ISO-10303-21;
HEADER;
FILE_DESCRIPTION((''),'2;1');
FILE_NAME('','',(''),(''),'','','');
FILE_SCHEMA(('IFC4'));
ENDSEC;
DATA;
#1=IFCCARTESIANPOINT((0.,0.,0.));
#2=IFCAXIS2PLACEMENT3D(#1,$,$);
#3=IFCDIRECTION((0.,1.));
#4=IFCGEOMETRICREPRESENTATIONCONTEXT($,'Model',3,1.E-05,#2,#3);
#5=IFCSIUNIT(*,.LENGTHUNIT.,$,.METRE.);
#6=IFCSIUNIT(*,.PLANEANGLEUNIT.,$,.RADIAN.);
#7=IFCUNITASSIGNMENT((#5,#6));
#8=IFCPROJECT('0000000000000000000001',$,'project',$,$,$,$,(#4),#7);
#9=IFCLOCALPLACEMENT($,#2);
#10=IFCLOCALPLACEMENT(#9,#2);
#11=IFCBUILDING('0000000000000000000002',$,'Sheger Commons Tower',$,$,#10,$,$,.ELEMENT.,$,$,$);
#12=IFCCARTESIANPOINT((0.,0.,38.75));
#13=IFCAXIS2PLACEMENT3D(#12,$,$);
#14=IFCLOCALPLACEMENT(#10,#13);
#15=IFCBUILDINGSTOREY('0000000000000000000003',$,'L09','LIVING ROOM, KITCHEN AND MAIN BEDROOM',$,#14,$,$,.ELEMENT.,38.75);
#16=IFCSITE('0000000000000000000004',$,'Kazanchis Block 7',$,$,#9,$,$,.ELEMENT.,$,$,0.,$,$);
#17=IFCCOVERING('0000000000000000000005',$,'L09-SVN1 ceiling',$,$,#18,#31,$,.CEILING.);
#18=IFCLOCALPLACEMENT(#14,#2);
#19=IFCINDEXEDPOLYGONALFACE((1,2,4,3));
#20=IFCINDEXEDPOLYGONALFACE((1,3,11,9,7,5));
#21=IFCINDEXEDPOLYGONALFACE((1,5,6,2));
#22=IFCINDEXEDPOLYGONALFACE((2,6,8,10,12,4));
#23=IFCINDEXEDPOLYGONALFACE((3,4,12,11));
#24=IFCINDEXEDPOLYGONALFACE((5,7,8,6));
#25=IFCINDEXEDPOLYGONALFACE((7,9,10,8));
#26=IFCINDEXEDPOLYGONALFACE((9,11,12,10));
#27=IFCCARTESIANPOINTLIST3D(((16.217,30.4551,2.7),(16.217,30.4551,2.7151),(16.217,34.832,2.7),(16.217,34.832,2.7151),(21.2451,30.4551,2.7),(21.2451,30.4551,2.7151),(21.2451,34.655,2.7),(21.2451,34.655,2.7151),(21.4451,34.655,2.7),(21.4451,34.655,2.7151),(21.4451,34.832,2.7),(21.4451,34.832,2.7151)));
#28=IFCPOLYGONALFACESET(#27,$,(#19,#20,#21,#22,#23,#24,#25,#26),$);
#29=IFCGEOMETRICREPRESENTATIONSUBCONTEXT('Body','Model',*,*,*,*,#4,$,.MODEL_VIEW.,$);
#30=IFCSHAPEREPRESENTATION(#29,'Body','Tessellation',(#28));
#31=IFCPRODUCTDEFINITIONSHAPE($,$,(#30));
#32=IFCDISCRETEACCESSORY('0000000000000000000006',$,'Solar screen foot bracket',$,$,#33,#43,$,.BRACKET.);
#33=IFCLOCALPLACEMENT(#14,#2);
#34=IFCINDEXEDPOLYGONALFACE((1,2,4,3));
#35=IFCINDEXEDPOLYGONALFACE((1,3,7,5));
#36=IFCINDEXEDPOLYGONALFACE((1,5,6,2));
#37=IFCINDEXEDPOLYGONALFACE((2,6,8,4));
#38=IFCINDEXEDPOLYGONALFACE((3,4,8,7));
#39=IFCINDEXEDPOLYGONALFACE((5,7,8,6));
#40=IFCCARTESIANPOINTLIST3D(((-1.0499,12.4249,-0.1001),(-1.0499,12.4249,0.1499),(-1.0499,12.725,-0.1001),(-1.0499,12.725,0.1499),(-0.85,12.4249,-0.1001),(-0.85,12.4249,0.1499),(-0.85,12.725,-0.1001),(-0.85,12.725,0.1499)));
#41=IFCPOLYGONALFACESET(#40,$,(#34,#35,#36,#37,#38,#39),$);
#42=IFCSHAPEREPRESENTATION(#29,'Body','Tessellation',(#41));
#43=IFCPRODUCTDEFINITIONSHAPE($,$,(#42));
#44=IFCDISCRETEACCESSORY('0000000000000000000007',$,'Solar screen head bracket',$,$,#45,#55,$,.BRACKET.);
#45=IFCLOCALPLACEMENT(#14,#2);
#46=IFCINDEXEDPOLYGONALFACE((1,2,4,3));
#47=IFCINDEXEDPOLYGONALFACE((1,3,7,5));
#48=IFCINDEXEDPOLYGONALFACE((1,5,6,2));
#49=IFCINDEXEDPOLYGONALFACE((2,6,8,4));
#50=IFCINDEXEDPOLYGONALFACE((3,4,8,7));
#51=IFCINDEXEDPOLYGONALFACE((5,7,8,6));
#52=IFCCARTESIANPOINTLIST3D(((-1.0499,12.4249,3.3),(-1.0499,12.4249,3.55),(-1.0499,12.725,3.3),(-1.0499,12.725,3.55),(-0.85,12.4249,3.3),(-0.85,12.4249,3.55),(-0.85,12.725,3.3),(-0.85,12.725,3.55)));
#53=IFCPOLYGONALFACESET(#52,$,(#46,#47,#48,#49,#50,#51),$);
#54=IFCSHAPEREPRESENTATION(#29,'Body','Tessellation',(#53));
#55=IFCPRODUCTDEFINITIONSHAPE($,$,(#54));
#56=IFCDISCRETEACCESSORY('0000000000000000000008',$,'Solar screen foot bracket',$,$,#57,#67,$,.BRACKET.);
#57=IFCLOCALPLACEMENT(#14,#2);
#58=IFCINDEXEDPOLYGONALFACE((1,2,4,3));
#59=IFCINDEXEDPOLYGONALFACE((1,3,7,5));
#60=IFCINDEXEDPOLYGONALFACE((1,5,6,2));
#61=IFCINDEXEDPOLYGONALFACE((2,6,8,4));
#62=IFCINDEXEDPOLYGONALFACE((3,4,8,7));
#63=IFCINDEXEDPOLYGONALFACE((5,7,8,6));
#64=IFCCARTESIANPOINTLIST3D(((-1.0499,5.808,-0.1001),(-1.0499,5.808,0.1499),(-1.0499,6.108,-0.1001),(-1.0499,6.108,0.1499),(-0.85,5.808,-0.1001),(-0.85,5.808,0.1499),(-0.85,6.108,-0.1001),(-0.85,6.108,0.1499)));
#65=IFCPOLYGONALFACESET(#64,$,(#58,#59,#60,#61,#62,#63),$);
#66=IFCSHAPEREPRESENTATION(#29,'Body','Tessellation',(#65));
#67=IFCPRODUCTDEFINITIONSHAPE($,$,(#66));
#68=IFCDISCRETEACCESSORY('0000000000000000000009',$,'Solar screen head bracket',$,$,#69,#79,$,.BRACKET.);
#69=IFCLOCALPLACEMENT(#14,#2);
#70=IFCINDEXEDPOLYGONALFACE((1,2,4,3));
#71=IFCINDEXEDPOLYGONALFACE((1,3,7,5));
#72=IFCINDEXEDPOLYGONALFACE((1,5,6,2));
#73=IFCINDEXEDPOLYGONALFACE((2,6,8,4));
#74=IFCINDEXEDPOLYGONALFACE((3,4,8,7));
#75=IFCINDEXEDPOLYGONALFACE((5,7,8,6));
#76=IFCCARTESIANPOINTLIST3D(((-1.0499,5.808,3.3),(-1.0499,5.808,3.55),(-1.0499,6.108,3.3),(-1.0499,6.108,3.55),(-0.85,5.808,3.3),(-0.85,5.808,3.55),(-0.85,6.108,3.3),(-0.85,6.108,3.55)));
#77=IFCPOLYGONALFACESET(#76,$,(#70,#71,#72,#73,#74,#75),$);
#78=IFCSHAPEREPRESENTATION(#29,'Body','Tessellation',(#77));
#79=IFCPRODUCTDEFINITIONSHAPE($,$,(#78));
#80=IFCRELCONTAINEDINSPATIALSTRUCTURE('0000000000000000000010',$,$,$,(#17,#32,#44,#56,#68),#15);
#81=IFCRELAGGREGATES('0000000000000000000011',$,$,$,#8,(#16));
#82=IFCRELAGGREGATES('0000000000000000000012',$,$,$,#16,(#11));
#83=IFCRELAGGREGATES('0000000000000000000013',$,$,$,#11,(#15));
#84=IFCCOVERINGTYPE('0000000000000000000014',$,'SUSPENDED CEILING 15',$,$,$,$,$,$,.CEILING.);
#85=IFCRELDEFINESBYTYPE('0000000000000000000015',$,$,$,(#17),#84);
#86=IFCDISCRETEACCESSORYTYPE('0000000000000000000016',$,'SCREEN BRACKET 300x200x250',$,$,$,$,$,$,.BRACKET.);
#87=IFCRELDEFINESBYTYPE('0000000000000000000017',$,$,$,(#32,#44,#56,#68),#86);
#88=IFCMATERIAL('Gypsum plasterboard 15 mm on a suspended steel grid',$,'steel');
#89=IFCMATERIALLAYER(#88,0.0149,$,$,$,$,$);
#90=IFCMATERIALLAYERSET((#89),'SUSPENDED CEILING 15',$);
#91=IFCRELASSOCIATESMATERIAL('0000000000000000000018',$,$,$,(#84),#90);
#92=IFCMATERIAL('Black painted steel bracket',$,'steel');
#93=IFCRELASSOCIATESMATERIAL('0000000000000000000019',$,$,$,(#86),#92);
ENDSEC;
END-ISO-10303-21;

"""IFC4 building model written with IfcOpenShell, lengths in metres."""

from ifc_helpers import new_model, si_unit, direction, frame, origin, origin_2d, place, context, subcontext, project, spatial, polyline, rectangle, outline, extrude, material, layer, layer_set, type_object, element, save


model = new_model("IFC4")

# Units and contexts
model_context = context("Model", 3, precision=1e-05, world=origin(), true_north=direction((0.0, 1.0)))
body_context = subcontext(model_context, "Body", "Model", "MODEL_VIEW")
ifc_project = project(units=[si_unit("LENGTHUNIT", "METRE"), si_unit("PLANEANGLEUNIT", "RADIAN")], contexts=[model_context])

# Site, building, storey
site_placement = place(None, origin())
site = spatial("IfcSite", under=ifc_project, at=site_placement, Name="Kazanchis Block 7", CompositionType="ELEMENT", RefElevation=0.0)
building_placement = place(site_placement, origin())
building = spatial("IfcBuilding", under=site, at=building_placement, Name="Sheger Commons Tower", CompositionType="ELEMENT")
storey_placement = place(building_placement, frame((0.0, 0.0, 38.75)))
storey = spatial("IfcBuildingStorey", under=building, at=storey_placement, Name="L09", Description="LIVING ROOM, KITCHEN AND MAIN BEDROOM", CompositionType="ELEMENT", Elevation=38.75)

# Covering
ifc_material_1 = material(Name="Gypsum plasterboard 15 mm on a suspended steel grid", Category="steel")
ifc_layer_1 = layer(ifc_material_1, 0.0149)
ifc_layer_set_1 = layer_set([ifc_layer_1], Name="SUSPENDED CEILING 15")
covering_type_1 = type_object("IfcCoveringType", Name="SUSPENDED CEILING 15", PredefinedType="CEILING", material=ifc_layer_set_1)
covering_1_placement = place(storey_placement, frame((0.0, 0.0, 2.7)))
element("IfcCovering", 1, at=covering_1_placement, inside=storey, type_object=covering_type_1, Name="L09-SVN1 ceiling", PredefinedType="CEILING", context=body_context, shape_type="SweptSolid", body=[
    extrude(outline(polyline([(16.217, 30.4551), (21.2451, 30.4551), (21.2451, 34.655), (21.4451, 34.655), (21.4451, 34.832), (16.217, 34.832), (16.217, 30.4551)])), origin(), (0.0, 0.0, 1.0), 0.0151),
])

# Discrete accessories
ifc_material_2 = material(Name="Black painted steel bracket", Category="steel")
discrete_accessory_type = type_object("IfcDiscreteAccessoryType", Name="SCREEN BRACKET 300x200x250", PredefinedType="BRACKET", material=ifc_material_2)
for number, where, z_axis, x_axis, name in (
    (2, (-0.95, 12.575, -0.1001), (0.0, 0.0, 1.0), (0.0, -1.0, 0.0), "Solar screen foot bracket"),
    (3, (-0.95, 12.575, 3.3), (0.0, 0.0, 1.0), (0.0, -1.0, 0.0), "Solar screen head bracket"),
    (4, (-0.95, 5.958, -0.1001), (0.0, 0.0, 1.0), (0.0, -1.0, 0.0), "Solar screen foot bracket"),
    (5, (-0.95, 5.958, 3.3), (0.0, 0.0, 1.0), (0.0, -1.0, 0.0), "Solar screen head bracket"),
):
    element("IfcDiscreteAccessory", number, at=place(storey_placement, frame(where, z_axis=z_axis, x_axis=x_axis)), inside=storey, type_object=discrete_accessory_type, Name=name, PredefinedType="BRACKET", context=body_context, shape_type="SweptSolid", body=[
        extrude(rectangle(XDim=0.3, YDim=0.2, at=origin_2d()), origin(), (0.0, 0.0, 1.0), 0.25),
    ])

save(model, "model.ifc")
